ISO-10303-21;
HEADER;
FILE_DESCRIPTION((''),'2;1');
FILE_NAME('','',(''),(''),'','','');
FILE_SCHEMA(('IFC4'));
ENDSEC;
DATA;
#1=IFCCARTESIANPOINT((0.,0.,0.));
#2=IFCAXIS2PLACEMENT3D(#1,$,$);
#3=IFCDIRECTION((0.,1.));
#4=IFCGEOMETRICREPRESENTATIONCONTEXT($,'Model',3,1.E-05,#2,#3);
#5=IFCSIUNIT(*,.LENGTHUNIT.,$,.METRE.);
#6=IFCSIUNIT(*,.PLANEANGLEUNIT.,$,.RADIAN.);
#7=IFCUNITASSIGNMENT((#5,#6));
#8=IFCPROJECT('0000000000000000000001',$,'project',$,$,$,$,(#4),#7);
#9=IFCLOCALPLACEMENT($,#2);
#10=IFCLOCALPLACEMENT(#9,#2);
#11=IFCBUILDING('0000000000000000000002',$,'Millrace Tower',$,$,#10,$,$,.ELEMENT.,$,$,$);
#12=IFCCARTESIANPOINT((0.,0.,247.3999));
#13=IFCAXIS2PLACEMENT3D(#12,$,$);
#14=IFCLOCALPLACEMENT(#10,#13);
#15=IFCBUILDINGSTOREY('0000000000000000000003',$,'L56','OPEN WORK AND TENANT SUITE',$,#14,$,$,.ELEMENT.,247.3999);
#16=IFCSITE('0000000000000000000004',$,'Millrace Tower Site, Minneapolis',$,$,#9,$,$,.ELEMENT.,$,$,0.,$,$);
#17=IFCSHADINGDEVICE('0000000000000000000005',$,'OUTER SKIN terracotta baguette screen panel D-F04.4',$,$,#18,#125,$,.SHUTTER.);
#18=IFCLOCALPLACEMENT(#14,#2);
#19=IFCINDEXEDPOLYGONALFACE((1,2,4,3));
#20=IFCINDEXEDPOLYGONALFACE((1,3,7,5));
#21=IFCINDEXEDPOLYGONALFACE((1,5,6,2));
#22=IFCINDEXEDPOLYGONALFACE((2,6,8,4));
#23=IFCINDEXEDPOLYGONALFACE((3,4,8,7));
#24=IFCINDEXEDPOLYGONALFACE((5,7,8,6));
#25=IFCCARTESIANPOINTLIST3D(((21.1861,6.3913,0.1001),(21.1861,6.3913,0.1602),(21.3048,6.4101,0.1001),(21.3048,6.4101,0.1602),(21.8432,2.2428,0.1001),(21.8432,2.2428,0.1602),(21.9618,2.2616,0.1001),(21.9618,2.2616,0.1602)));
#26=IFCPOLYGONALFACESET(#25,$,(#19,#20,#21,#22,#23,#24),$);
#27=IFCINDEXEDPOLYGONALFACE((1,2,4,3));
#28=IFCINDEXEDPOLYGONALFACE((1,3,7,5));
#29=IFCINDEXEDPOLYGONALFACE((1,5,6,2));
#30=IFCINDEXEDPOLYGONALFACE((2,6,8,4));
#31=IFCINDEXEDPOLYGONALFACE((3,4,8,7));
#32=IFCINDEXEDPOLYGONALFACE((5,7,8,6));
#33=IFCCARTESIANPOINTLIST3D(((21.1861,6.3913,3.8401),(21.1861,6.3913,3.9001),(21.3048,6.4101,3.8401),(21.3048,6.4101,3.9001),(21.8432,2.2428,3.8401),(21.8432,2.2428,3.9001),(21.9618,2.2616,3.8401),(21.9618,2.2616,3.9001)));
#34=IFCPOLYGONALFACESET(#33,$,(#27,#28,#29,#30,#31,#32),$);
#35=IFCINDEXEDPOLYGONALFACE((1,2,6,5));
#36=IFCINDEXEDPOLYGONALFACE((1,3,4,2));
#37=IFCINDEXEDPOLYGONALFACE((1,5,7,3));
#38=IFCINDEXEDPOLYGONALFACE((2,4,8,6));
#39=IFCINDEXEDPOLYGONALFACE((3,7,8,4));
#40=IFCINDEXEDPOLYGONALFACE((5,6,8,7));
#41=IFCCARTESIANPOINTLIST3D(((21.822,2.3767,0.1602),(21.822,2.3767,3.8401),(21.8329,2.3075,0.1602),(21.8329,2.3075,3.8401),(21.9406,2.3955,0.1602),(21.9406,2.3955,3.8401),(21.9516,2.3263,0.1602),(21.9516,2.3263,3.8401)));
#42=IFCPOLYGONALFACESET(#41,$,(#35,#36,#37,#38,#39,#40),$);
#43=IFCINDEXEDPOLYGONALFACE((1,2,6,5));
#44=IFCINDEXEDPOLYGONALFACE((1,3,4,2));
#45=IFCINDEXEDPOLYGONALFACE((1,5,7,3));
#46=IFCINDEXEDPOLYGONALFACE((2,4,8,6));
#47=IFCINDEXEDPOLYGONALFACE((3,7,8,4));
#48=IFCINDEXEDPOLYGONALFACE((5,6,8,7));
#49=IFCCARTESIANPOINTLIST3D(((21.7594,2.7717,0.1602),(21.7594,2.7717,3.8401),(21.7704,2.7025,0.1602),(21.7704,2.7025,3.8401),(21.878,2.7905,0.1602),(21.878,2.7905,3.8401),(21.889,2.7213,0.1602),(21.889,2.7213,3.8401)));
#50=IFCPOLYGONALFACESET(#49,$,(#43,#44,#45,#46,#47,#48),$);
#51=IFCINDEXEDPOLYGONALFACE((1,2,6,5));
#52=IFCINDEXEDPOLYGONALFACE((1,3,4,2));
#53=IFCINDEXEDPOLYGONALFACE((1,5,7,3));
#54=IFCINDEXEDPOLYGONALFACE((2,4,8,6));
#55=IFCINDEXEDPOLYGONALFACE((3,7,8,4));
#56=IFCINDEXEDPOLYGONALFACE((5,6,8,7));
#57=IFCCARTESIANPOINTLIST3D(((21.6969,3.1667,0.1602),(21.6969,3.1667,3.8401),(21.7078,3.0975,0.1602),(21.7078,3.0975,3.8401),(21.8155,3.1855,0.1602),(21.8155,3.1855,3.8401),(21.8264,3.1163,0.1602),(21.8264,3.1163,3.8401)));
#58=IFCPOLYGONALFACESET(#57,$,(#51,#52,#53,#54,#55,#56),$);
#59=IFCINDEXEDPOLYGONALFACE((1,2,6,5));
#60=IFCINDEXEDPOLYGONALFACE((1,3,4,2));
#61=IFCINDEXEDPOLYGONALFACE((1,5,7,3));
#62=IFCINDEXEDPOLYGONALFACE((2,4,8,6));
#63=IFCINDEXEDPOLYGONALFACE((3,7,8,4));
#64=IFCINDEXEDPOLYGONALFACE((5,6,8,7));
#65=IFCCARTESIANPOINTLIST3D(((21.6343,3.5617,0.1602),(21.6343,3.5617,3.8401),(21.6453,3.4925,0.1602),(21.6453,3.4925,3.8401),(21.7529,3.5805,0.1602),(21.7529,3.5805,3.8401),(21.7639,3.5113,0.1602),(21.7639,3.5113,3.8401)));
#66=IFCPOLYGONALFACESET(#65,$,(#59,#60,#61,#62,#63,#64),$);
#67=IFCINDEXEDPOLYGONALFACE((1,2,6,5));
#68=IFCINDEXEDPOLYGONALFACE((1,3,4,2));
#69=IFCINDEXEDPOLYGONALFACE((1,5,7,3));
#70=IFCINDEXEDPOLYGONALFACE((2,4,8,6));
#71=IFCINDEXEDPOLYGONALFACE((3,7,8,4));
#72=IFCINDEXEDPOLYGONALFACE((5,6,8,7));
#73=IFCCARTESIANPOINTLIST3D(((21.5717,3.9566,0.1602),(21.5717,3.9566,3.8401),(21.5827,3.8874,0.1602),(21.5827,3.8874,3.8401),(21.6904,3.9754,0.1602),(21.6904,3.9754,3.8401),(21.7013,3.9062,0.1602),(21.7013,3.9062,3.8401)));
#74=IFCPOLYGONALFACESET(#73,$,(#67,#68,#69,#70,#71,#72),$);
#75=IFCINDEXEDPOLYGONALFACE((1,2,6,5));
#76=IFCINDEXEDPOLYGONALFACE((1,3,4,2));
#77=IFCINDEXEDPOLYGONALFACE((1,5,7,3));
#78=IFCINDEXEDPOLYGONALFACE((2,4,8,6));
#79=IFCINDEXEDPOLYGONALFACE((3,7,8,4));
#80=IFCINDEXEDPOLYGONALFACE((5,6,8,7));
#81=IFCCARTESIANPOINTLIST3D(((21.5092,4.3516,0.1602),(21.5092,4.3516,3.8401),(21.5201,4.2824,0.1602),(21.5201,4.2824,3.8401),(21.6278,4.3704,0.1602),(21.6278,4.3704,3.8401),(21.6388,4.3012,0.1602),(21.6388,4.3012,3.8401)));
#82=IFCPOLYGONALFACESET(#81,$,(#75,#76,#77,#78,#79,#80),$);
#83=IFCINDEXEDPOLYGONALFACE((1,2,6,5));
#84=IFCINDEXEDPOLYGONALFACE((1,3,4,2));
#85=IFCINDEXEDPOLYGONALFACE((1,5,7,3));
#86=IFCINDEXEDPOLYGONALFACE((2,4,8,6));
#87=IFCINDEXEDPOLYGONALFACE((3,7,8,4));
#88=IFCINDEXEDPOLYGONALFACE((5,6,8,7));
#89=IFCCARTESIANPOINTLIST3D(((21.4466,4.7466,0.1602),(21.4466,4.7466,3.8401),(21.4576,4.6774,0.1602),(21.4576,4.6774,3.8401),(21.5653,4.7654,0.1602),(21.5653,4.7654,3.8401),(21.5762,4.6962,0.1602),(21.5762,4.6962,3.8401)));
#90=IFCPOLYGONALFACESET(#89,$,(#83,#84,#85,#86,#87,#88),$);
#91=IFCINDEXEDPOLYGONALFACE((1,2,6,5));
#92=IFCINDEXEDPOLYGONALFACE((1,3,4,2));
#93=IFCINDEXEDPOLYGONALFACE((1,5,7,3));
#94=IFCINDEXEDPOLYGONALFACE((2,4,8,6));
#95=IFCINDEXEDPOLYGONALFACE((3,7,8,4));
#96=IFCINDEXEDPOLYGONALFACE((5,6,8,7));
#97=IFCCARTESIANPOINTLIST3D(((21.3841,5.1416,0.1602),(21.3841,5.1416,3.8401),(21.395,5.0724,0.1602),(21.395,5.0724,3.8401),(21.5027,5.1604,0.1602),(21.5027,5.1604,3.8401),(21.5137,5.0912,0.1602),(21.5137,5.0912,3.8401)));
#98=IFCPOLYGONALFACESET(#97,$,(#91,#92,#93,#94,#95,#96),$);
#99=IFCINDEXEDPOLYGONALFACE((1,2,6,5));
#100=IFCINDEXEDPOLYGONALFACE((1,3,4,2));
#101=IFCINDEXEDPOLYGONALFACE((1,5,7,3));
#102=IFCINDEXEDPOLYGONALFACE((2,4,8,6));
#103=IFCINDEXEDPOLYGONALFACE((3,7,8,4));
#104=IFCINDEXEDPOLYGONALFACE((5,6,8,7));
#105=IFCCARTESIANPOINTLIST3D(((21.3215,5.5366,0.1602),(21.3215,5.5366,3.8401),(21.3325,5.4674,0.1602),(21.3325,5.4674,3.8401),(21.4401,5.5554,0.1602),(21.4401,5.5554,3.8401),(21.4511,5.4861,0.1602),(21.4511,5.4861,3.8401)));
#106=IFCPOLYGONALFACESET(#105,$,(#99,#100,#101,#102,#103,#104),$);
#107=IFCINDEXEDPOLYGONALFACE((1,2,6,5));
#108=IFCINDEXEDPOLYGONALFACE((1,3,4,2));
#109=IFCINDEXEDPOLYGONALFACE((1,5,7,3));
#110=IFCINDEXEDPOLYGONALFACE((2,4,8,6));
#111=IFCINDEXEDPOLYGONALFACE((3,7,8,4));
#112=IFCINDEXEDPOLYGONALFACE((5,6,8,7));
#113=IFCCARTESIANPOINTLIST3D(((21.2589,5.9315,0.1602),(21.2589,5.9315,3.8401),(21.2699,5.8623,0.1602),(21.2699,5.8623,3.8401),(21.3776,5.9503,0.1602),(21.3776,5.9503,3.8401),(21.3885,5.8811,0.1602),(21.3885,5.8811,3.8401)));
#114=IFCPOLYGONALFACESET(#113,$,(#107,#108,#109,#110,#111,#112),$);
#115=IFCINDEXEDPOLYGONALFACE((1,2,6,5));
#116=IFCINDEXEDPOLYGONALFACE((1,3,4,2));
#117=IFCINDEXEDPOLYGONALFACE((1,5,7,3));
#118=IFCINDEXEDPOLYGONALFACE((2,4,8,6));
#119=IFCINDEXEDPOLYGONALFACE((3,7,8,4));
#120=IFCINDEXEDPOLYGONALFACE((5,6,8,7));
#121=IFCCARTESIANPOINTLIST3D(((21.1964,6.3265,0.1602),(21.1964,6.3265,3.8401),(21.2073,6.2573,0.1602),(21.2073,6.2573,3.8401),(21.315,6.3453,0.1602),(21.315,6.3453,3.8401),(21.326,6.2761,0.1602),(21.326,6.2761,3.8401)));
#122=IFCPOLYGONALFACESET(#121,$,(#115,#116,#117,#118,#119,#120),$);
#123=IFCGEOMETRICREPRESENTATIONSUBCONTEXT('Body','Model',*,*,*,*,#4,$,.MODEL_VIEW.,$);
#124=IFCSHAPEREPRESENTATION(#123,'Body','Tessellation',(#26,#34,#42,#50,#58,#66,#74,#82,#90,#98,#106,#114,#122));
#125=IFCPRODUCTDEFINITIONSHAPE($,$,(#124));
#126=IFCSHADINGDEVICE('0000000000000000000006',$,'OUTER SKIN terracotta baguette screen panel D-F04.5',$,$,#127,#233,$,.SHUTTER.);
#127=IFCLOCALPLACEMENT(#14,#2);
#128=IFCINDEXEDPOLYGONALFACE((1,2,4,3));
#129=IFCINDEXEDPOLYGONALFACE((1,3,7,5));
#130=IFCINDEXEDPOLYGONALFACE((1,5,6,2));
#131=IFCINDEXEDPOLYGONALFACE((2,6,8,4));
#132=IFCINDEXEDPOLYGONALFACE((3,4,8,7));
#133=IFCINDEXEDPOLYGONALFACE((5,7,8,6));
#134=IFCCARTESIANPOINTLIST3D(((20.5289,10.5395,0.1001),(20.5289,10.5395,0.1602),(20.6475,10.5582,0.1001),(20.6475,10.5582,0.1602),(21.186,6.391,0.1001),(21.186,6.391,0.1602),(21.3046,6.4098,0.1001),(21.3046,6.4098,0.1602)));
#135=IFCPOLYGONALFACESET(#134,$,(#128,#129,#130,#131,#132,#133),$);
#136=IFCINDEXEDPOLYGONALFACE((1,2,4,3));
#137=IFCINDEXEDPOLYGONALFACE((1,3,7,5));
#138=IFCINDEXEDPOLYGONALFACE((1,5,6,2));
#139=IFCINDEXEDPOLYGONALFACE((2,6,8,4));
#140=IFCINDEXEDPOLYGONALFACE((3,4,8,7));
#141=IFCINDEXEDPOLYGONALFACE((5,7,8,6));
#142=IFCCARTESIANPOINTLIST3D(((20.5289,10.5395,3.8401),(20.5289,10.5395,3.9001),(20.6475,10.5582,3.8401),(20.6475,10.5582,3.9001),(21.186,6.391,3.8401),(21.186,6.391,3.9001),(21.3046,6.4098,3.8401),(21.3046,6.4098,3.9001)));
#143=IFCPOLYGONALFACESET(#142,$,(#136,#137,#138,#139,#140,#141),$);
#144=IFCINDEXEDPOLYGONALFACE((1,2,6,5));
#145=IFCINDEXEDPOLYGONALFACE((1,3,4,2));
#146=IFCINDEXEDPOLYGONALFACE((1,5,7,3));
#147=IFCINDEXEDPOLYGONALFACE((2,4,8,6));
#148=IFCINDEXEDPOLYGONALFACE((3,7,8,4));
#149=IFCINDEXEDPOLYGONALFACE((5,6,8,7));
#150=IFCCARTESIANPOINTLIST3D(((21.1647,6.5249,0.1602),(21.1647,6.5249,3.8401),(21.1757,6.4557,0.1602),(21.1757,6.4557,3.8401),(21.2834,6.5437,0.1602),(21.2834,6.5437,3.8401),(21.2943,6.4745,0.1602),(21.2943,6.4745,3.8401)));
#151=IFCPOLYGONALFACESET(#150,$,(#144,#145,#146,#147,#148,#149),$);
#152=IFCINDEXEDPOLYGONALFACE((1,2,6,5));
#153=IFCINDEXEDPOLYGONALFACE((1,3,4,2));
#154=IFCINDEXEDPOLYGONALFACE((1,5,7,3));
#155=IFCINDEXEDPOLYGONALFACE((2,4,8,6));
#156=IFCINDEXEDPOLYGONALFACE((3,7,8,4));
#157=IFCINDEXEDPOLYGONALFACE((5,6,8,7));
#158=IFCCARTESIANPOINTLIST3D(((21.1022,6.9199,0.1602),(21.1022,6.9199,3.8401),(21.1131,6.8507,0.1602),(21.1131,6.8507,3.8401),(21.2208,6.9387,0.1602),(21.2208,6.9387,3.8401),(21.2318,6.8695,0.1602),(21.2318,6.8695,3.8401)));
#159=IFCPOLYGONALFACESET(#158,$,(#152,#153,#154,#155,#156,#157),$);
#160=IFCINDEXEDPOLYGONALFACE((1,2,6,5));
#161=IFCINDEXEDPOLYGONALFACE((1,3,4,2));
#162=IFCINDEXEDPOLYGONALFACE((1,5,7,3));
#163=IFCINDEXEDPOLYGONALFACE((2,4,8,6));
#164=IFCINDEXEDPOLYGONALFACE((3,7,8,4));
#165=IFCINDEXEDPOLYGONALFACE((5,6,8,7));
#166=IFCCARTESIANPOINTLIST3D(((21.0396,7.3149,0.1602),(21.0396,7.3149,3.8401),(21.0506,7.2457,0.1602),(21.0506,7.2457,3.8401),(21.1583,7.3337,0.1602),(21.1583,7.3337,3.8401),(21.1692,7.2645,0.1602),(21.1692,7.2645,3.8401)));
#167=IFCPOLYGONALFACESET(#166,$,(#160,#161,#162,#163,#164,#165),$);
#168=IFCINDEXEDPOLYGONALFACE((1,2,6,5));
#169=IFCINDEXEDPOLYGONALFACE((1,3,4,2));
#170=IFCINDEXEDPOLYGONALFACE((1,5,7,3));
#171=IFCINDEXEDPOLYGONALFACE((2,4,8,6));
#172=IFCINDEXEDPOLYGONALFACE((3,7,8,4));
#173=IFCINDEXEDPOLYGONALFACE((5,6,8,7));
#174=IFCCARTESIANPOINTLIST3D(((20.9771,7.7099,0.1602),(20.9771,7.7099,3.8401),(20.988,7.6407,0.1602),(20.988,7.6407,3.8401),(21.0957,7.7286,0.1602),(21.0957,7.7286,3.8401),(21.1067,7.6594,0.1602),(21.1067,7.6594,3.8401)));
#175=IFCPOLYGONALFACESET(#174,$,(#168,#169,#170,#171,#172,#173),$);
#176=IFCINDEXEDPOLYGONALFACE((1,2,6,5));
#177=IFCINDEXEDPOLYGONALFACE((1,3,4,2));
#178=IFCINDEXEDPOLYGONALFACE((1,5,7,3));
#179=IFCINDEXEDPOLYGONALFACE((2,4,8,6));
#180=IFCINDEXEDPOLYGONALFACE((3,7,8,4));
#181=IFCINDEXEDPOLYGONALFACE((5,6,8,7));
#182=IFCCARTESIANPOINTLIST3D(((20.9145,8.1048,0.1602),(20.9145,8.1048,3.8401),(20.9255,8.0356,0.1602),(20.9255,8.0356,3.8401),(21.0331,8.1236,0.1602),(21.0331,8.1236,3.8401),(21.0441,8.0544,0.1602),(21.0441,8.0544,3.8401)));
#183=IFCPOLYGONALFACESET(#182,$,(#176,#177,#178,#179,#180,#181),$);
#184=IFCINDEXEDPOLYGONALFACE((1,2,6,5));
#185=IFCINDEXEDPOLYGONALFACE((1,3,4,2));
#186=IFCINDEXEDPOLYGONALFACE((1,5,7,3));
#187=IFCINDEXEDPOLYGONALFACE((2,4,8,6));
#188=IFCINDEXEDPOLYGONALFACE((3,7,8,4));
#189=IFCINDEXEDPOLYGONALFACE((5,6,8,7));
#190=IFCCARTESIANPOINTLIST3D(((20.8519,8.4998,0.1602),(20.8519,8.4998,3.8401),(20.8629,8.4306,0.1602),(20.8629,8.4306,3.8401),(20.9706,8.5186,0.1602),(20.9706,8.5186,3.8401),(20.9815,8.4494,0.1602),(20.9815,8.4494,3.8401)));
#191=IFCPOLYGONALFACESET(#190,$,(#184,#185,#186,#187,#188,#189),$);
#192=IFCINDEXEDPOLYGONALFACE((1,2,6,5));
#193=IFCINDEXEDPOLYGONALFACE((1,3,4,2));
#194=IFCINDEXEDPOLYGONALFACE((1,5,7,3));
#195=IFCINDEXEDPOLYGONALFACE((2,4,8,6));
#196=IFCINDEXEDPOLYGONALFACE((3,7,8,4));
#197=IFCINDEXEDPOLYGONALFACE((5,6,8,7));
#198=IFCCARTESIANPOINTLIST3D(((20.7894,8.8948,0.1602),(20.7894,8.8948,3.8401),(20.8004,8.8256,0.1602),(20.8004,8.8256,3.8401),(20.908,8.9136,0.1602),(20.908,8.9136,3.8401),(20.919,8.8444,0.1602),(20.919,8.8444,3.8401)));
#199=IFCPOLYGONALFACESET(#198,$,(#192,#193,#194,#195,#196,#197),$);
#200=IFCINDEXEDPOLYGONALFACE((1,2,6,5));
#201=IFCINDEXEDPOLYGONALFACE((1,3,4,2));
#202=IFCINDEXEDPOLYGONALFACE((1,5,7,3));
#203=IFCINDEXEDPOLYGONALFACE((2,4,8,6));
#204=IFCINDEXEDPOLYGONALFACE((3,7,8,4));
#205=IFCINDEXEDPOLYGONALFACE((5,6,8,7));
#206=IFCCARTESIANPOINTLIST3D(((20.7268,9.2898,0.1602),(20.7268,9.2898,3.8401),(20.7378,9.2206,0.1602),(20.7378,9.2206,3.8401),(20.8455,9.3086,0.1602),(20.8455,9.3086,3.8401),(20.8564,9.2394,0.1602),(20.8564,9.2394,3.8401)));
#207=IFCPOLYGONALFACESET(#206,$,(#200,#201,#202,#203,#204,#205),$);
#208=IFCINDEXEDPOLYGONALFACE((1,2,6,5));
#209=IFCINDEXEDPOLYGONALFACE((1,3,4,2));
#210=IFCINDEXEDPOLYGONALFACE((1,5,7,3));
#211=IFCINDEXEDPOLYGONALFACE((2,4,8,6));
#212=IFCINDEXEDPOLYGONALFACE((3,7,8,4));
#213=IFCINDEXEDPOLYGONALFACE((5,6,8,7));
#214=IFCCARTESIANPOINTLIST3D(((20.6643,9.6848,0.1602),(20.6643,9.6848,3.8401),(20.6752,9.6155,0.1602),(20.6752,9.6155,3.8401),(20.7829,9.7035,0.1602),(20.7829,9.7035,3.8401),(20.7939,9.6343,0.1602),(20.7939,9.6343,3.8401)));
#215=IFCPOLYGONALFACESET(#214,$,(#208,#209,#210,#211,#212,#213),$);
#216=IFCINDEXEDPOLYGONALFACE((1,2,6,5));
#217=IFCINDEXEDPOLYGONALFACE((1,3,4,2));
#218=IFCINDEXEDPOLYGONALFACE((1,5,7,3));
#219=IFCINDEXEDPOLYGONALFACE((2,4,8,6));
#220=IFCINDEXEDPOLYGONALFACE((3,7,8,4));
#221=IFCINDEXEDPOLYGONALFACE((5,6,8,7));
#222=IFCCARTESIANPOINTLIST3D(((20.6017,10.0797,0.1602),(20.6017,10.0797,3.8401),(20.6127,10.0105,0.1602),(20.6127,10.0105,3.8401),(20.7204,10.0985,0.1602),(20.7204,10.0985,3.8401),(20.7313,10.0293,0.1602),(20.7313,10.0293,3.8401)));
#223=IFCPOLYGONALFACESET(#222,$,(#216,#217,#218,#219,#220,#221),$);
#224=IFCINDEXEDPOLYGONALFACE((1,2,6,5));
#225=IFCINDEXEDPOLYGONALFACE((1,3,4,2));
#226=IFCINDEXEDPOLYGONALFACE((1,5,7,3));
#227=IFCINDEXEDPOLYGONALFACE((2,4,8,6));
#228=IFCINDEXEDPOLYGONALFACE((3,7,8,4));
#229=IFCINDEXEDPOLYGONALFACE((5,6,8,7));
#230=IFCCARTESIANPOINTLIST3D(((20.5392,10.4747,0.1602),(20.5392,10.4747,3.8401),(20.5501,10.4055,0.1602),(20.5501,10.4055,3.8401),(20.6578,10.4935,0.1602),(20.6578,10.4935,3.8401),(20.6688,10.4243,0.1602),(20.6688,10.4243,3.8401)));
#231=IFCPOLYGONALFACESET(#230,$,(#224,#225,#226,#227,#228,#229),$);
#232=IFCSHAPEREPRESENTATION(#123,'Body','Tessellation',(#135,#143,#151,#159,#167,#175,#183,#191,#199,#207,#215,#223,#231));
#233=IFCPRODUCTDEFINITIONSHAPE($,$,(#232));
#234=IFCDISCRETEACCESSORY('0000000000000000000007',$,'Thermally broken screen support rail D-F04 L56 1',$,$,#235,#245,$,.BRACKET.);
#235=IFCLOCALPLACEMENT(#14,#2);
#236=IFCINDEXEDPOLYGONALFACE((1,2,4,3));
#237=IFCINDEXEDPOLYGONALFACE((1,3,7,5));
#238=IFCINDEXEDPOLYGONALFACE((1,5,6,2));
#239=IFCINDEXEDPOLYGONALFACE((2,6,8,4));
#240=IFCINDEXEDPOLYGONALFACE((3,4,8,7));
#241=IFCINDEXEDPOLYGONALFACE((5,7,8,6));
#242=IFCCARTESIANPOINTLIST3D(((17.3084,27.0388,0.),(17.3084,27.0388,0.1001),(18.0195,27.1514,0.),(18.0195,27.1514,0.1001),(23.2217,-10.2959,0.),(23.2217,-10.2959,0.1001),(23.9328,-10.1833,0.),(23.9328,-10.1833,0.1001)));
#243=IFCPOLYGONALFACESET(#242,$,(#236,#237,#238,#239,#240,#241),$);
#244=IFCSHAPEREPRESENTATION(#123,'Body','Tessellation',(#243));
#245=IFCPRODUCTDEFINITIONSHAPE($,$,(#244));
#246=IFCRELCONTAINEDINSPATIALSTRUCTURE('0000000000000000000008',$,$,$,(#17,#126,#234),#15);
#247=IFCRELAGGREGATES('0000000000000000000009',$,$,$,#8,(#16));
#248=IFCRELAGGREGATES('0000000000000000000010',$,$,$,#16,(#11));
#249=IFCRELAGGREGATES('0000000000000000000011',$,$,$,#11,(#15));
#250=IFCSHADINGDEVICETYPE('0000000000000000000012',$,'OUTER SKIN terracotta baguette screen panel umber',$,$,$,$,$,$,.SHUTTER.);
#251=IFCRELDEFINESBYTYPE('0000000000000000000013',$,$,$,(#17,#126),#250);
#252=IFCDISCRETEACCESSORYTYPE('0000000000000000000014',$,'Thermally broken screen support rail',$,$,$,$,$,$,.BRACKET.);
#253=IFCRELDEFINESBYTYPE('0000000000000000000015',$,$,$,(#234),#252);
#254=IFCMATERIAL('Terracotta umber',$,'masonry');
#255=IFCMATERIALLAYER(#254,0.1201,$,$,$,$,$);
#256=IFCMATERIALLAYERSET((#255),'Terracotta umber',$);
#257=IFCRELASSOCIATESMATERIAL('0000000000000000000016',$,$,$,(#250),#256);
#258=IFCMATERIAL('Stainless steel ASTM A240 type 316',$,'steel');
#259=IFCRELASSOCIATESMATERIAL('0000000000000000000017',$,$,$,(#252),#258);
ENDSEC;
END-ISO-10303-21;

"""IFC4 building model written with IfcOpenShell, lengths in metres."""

from ifc_helpers import new_model, entity, si_unit, direction, frame, frame_2d, origin, origin_2d, place, context, subcontext, project, spatial, rectangle, extrude, source, transform, mapped, material, layer, layer_set, type_object, element, save


model = new_model("IFC4")

# Units and contexts
model_context = context("Model", 3, precision=1e-05, world=origin(), true_north=direction((0.0, 1.0)))
body_context = subcontext(model_context, "Body", "Model", "MODEL_VIEW")
ifc_project = project(units=[si_unit("LENGTHUNIT", "METRE"), si_unit("PLANEANGLEUNIT", "RADIAN")], contexts=[model_context])

# Site, building, storey
site_placement = place(None, origin())
site = spatial("IfcSite", under=ifc_project, at=site_placement, Name="Millrace Tower Site, Minneapolis", CompositionType="ELEMENT", RefElevation=0.0)
building_placement = place(site_placement, origin())
building = spatial("IfcBuilding", under=site, at=building_placement, Name="Millrace Tower", CompositionType="ELEMENT")
storey_placement = place(building_placement, frame((0.0, 0.0, 247.3999)))
storey = spatial("IfcBuildingStorey", under=building, at=storey_placement, Name="L56", Description="OPEN WORK AND TENANT SUITE", CompositionType="ELEMENT", Elevation=247.3999)

# Shading devices
ifc_material_1 = material(Name="Terracotta umber", Category="masonry")
ifc_layer_1 = layer(ifc_material_1, 0.1201)
ifc_layer_set_1 = layer_set([ifc_layer_1], Name="Terracotta umber")
shading_device_type = type_object("IfcShadingDeviceType", Name="OUTER SKIN terracotta baguette screen panel umber", PredefinedType="SHUTTER", material=ifc_layer_set_1)
cartesian_point = entity("IfcCartesianPoint", [-2.1001, 0.0601])
shared_polyline = entity("IfcPolyline", [cartesian_point, entity("IfcCartesianPoint", [2.1001, 0.0601]), entity("IfcCartesianPoint", [2.1001, -0.0601]), entity("IfcCartesianPoint", [-2.1001, -0.0601]), cartesian_point])
shared_shape = source(origin(), body_context, "Body", "SweptSolid", [
    entity("IfcExtrudedAreaSolid", entity("IfcArbitraryClosedProfileDef", "AREA", None, shared_polyline), entity("IfcAxis2Placement3D", entity("IfcCartesianPoint", [0.0, 0.0, 0.0])), entity("IfcDirection", [0.0, 0.0, 1.0]), 0.0601),
    entity("IfcExtrudedAreaSolid", entity("IfcArbitraryClosedProfileDef", "AREA", None, shared_polyline), entity("IfcAxis2Placement3D", entity("IfcCartesianPoint", [0.0, 0.0, 3.74])), entity("IfcDirection", [0.0, 0.0, 1.0]), 0.0601),
    extrude(rectangle(XDim=0.0701, YDim=0.1201, at=frame_2d((-1.9995, 0.0))), frame((0.0, 0.0, 0.0601)), (0.0, 0.0, 1.0), 3.6799),
    extrude(rectangle(XDim=0.0701, YDim=0.1201, at=frame_2d((-1.5996, 0.0))), frame((0.0, 0.0, 0.0601)), (0.0, 0.0, 1.0), 3.6799),
    extrude(rectangle(XDim=0.0701, YDim=0.1201, at=frame_2d((-1.1997, 0.0))), frame((0.0, 0.0, 0.0601)), (0.0, 0.0, 1.0), 3.6799),
    extrude(rectangle(XDim=0.0701, YDim=0.1201, at=frame_2d((-0.7998, 0.0))), frame((0.0, 0.0, 0.0601)), (0.0, 0.0, 1.0), 3.6799),
    extrude(rectangle(XDim=0.0701, YDim=0.1201, at=frame_2d((-0.3999, 0.0))), frame((0.0, 0.0, 0.0601)), (0.0, 0.0, 1.0), 3.6799),
    extrude(rectangle(XDim=0.0701, YDim=0.1201, at=origin_2d()), frame((0.0, 0.0, 0.0601)), (0.0, 0.0, 1.0), 3.6799),
    extrude(rectangle(XDim=0.0701, YDim=0.1201, at=frame_2d((0.3999, 0.0))), frame((0.0, 0.0, 0.0601)), (0.0, 0.0, 1.0), 3.6799),
    extrude(rectangle(XDim=0.0701, YDim=0.1201, at=frame_2d((0.7998, 0.0))), frame((0.0, 0.0, 0.0601)), (0.0, 0.0, 1.0), 3.6799),
    extrude(rectangle(XDim=0.0701, YDim=0.1201, at=frame_2d((1.1997, 0.0))), frame((0.0, 0.0, 0.0601)), (0.0, 0.0, 1.0), 3.6799),
    extrude(rectangle(XDim=0.0701, YDim=0.1201, at=frame_2d((1.5996, 0.0))), frame((0.0, 0.0, 0.0601)), (0.0, 0.0, 1.0), 3.6799),
    extrude(rectangle(XDim=0.0701, YDim=0.1201, at=frame_2d((1.9995, 0.0))), frame((0.0, 0.0, 0.0601)), (0.0, 0.0, 1.0), 3.6799),
])
for number, where, z_axis, x_axis, name in (
    (1, (21.574, 4.3264, 0.1001), (0.0, 0.0, 1.0), (-0.156434, 0.987688, 0.0), "OUTER SKIN terracotta baguette screen panel D-F04.4"),
    (2, (20.9167, 8.4746, 0.1001), (0.0, 0.0, 1.0), (-0.156434, 0.987688, 0.0), "OUTER SKIN terracotta baguette screen panel D-F04.5"),
):
    element("IfcShadingDevice", number, at=place(storey_placement, frame(where, z_axis=z_axis, x_axis=x_axis)), inside=storey, type_object=shading_device_type, Name=name, PredefinedType="SHUTTER", context=body_context, shape_type="MappedRepresentation", body=[
        mapped(shared_shape, transform((0.0, 0.0, 0.0), scale=1.0)),
    ])

# Discrete accessory
ifc_material_2 = material(Name="Stainless steel ASTM A240 type 316", Category="steel")
discrete_accessory_type = type_object("IfcDiscreteAccessoryType", Name="Thermally broken screen support rail", PredefinedType="BRACKET", material=ifc_material_2)
discrete_accessory_placement = place(storey_placement, frame((20.6206, 8.4277, 0.0), z_axis=(0.0, 0.0, 1.0), x_axis=(-0.156434, 0.987688, 0.0)))
element("IfcDiscreteAccessory", 3, at=discrete_accessory_placement, inside=storey, type_object=discrete_accessory_type, Name="Thermally broken screen support rail D-F04 L56 1", PredefinedType="BRACKET", context=body_context, shape_type="SweptSolid", body=[
    extrude(rectangle(XDim=37.8, YDim=0.72, at=origin_2d()), origin(), (0.0, 0.0, 1.0), 0.1001),
])

save(model, "model.ifc")
